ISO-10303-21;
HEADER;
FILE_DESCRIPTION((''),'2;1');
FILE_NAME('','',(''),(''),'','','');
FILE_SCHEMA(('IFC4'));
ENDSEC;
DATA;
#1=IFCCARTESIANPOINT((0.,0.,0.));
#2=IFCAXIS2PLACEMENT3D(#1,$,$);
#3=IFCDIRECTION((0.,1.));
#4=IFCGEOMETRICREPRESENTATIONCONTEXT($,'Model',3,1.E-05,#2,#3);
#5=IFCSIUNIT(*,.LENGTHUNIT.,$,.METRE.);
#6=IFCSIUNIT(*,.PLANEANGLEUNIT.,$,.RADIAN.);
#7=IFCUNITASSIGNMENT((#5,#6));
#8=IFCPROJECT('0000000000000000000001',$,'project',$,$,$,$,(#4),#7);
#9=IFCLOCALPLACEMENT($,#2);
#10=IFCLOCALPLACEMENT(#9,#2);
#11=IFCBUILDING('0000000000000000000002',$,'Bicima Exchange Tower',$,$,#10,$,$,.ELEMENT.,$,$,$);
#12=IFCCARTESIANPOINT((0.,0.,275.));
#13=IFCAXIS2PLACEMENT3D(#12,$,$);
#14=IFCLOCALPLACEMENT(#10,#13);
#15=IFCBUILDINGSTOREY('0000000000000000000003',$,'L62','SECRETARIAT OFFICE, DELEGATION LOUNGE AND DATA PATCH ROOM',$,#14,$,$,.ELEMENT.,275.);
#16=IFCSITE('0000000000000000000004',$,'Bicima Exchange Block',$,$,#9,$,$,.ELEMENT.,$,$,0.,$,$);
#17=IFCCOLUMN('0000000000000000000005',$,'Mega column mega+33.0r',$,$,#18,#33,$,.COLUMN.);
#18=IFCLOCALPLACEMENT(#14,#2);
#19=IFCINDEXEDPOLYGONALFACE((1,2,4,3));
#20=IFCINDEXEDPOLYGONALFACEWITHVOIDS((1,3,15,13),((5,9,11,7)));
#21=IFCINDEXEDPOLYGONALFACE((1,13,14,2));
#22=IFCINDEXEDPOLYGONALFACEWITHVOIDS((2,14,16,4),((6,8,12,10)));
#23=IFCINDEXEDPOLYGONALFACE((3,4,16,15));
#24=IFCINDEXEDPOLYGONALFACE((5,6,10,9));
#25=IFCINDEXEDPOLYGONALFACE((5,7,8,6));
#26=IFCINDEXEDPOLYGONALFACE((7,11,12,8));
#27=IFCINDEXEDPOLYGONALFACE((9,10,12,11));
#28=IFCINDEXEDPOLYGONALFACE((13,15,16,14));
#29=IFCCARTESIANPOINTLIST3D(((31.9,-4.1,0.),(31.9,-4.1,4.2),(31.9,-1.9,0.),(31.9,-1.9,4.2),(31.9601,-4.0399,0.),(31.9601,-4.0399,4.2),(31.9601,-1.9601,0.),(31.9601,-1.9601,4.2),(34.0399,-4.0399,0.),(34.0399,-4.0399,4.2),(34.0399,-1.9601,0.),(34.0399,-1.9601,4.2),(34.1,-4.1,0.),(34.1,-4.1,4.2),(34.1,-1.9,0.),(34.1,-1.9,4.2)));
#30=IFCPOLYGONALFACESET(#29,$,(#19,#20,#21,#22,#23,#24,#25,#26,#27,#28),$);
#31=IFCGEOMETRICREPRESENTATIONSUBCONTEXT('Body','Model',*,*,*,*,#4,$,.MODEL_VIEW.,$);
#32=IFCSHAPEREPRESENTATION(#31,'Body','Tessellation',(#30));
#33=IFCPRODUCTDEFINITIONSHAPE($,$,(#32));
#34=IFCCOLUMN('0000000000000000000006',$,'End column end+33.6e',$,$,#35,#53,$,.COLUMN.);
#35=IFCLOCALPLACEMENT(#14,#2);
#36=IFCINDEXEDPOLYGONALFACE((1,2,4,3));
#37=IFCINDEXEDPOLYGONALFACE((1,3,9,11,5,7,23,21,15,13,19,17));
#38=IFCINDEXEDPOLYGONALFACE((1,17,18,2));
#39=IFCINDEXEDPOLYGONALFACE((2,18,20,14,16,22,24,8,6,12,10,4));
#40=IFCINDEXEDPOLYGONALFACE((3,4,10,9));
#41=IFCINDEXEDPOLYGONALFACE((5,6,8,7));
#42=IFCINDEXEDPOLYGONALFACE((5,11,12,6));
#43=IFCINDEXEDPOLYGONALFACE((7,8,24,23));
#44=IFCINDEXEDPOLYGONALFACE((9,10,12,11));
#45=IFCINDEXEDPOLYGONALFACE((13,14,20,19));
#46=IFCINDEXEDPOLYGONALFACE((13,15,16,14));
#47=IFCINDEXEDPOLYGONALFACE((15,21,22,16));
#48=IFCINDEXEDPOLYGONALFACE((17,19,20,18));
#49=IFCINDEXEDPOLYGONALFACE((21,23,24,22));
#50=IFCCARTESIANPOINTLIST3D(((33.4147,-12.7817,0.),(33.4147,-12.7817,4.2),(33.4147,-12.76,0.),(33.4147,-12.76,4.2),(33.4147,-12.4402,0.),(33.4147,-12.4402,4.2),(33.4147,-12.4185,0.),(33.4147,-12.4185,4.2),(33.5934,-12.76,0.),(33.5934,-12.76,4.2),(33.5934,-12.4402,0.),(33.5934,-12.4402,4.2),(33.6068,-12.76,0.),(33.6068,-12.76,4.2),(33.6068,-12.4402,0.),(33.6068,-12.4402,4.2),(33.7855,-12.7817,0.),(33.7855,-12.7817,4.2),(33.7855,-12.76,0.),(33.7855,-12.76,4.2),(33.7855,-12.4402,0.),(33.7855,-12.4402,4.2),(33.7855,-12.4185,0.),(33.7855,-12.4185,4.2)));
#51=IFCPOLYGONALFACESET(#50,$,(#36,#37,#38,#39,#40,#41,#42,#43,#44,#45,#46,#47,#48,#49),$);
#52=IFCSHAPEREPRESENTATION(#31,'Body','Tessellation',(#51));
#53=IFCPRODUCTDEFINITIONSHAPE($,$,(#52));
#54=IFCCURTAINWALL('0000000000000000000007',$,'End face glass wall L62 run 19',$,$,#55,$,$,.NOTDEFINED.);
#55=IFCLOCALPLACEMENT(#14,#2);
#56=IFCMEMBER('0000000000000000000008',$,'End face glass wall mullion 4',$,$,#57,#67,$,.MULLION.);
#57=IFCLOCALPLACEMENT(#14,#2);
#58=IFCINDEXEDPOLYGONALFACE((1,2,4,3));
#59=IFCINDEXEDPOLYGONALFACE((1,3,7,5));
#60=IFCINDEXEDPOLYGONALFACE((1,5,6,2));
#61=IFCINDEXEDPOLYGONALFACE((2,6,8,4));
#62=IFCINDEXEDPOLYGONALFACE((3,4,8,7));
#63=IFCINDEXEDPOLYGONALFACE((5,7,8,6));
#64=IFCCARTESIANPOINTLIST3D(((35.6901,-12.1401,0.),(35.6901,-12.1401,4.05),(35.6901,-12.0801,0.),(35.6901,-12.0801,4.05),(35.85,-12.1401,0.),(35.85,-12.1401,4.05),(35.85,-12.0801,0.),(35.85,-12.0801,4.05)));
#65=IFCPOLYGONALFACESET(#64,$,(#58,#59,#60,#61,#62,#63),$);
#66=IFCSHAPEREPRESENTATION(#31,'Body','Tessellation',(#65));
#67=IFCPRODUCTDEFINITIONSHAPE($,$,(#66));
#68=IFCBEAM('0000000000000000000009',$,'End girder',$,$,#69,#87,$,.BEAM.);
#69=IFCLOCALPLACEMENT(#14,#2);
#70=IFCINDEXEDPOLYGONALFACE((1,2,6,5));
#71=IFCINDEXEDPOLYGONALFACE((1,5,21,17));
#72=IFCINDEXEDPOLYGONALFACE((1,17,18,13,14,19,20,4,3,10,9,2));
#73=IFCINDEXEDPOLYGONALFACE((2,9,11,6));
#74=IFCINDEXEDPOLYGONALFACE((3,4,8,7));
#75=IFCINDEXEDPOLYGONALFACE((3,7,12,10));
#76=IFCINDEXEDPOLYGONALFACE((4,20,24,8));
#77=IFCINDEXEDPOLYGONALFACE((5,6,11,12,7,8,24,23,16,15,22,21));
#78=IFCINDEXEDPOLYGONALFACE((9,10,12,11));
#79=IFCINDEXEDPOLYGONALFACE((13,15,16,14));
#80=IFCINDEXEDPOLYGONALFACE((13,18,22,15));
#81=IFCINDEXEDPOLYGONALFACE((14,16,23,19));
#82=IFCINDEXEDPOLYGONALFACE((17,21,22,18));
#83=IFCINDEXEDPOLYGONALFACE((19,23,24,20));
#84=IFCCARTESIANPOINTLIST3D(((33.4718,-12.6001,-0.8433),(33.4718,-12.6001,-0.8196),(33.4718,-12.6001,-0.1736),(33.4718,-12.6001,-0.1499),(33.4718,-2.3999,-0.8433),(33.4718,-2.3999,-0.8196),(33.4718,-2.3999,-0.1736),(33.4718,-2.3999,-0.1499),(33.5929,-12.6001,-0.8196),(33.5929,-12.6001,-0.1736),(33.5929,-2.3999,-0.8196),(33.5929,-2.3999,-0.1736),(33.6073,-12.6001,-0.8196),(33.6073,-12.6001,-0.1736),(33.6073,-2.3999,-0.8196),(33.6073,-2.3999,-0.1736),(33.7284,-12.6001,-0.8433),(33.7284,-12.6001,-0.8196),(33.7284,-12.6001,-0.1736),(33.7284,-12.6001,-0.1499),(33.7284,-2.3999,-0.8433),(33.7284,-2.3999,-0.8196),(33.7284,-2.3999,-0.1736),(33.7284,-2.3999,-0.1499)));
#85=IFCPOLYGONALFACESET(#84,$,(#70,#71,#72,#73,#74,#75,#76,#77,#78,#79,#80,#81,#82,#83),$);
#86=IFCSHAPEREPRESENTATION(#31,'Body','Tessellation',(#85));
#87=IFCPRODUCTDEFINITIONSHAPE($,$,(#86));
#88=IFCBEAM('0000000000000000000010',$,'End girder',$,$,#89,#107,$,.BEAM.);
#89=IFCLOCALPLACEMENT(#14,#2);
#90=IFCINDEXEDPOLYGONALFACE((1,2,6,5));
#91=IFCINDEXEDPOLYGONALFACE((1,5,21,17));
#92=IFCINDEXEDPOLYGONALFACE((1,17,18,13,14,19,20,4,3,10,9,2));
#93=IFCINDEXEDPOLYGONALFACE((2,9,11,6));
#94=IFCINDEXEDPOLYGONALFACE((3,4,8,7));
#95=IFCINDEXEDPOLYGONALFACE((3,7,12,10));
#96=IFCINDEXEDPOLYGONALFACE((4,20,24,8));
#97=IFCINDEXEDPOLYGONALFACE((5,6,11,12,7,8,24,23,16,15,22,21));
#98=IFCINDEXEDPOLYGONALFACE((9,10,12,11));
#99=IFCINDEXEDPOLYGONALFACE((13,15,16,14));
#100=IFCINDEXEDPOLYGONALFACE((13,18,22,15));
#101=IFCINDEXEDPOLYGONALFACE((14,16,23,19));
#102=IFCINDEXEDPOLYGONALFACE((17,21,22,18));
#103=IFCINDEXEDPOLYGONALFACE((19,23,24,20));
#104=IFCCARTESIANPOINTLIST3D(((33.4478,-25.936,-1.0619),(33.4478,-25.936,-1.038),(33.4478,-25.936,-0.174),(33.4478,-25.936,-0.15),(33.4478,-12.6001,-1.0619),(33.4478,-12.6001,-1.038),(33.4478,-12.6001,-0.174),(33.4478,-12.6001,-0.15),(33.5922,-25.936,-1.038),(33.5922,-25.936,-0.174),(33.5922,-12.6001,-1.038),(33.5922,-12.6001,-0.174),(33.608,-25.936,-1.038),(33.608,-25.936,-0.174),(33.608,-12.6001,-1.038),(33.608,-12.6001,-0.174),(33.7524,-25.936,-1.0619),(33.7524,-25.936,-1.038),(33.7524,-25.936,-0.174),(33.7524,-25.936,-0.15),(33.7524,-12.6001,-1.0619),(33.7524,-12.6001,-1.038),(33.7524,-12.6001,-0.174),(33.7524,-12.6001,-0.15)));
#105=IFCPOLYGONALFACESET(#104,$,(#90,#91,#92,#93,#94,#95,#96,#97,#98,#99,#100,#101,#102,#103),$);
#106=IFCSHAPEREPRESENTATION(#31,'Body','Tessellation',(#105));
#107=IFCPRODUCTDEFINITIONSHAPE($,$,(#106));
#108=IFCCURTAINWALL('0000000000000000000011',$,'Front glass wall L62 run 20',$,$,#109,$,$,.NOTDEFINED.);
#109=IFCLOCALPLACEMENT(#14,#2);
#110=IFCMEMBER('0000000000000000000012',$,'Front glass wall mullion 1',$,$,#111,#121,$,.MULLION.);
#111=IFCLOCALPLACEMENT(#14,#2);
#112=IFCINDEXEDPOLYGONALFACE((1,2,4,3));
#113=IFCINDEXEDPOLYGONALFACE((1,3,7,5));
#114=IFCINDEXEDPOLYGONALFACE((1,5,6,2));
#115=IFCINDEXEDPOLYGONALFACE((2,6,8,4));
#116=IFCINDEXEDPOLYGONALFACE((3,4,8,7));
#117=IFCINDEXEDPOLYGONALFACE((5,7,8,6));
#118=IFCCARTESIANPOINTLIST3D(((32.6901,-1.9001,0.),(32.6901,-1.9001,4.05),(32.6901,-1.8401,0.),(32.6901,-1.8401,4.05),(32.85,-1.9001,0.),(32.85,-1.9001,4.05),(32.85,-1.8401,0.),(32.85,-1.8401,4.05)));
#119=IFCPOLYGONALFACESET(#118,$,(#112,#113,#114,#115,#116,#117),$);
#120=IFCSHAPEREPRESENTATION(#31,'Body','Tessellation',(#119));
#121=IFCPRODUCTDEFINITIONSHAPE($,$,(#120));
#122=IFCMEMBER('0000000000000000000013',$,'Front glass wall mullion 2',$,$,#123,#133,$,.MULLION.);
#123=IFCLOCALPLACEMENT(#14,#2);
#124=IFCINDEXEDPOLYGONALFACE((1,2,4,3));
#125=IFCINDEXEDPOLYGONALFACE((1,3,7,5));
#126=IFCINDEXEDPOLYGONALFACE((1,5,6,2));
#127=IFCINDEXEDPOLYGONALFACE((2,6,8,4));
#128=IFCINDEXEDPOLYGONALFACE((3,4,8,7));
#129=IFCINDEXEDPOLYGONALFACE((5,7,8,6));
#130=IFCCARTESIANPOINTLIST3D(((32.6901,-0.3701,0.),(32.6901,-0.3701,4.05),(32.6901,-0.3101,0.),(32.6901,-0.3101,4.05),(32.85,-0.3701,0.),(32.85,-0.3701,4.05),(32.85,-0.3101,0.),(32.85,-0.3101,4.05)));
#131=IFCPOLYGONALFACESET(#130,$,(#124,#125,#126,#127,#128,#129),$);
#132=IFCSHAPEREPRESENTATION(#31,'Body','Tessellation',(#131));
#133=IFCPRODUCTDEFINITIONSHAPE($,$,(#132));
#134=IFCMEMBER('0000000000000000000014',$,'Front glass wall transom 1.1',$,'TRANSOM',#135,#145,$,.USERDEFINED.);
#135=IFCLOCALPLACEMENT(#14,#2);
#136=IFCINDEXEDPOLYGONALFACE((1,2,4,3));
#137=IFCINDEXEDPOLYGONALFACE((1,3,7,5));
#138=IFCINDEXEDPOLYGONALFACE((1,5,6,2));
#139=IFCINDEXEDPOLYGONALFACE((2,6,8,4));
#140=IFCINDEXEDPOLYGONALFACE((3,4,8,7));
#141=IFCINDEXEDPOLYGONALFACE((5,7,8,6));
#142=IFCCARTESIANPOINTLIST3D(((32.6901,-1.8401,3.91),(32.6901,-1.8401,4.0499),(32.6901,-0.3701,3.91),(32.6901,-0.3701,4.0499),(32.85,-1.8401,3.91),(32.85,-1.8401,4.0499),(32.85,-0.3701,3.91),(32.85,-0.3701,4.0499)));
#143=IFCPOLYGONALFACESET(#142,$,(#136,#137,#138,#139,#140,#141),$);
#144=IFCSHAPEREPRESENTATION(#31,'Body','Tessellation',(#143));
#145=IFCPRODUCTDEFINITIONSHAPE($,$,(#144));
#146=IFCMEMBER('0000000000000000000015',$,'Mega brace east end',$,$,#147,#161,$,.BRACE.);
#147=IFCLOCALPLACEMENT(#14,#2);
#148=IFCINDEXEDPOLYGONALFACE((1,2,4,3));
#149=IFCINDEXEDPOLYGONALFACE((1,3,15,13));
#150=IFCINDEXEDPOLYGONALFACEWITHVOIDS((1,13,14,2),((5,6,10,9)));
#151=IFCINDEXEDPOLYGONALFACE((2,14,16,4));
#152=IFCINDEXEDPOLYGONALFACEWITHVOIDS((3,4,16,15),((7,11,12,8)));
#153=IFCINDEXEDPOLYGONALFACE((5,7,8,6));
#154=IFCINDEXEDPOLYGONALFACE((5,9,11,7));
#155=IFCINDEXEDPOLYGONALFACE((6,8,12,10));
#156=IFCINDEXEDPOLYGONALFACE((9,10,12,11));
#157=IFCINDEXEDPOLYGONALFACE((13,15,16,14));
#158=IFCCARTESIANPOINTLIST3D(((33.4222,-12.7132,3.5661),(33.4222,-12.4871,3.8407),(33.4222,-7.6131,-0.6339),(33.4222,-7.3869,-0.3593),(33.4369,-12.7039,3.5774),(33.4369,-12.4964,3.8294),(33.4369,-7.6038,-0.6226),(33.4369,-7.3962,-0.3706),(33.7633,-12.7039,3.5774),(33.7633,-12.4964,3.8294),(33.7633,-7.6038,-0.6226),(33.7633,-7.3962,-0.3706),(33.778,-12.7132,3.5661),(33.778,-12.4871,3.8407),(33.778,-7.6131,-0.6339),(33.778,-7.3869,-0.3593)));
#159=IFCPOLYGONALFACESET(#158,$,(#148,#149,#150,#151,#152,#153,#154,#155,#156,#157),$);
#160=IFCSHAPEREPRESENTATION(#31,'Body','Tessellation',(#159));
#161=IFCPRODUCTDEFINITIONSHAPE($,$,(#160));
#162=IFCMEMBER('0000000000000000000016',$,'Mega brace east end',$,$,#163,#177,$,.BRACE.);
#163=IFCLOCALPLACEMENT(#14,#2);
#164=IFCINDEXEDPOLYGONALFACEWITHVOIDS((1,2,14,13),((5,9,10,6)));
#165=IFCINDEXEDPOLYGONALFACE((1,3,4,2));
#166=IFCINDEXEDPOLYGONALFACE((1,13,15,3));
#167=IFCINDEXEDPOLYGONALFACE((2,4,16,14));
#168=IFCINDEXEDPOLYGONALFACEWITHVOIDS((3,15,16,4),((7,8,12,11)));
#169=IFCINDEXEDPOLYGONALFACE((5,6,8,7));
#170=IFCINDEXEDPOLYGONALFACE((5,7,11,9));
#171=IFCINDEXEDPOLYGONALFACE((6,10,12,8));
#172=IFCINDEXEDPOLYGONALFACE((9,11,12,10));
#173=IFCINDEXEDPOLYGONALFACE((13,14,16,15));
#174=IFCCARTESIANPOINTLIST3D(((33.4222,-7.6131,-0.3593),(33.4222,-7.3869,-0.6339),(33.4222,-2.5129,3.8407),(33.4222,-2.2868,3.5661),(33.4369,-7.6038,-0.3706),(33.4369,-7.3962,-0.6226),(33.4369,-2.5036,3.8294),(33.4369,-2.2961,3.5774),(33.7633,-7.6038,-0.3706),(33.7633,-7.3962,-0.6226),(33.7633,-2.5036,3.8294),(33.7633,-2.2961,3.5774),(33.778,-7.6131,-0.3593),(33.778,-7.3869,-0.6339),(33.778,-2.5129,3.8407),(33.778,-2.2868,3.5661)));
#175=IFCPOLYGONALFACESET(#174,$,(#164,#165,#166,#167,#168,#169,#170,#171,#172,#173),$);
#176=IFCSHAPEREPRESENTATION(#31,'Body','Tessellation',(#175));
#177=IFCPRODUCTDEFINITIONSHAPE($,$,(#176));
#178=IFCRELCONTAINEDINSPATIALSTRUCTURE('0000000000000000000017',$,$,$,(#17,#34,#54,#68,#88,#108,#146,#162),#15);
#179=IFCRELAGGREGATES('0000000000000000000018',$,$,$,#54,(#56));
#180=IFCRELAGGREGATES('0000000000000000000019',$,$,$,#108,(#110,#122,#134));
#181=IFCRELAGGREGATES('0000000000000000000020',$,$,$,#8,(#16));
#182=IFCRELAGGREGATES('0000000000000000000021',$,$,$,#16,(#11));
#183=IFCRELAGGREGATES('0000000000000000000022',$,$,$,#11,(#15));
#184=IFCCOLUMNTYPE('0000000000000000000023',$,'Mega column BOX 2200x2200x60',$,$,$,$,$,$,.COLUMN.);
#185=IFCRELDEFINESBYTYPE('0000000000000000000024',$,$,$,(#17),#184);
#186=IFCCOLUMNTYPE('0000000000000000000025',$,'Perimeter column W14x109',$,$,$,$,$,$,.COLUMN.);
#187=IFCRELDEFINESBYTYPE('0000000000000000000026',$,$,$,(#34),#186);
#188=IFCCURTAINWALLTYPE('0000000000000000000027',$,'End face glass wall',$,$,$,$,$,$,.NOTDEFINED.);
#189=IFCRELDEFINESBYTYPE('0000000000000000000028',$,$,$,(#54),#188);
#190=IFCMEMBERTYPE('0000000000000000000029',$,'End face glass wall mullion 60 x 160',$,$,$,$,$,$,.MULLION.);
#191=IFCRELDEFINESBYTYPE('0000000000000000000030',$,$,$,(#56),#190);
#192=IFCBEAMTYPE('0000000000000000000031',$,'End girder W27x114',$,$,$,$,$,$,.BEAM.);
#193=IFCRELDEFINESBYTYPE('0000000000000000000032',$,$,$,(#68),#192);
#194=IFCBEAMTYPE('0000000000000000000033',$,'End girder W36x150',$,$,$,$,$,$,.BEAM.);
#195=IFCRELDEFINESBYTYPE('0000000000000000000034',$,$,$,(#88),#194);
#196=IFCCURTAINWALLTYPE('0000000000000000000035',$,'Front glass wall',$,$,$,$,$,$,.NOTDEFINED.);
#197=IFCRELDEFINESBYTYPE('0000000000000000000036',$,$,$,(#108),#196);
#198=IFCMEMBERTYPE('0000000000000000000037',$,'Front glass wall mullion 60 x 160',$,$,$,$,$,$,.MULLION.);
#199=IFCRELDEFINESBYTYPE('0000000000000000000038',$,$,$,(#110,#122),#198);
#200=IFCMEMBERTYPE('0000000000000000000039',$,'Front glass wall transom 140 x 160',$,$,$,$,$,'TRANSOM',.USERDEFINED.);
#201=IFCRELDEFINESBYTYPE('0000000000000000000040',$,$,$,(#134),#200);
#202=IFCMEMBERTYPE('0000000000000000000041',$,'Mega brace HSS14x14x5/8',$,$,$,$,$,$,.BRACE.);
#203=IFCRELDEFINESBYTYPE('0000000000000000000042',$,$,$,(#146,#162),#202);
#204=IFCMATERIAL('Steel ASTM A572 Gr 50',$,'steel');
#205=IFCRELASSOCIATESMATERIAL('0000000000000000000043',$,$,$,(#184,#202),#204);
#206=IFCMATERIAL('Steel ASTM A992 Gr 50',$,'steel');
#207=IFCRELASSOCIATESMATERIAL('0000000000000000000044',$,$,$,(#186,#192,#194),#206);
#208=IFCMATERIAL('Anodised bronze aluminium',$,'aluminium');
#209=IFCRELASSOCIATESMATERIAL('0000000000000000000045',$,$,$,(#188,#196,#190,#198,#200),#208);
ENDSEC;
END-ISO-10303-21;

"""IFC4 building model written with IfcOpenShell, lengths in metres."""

from ifc_helpers import new_model, si_unit, direction, frame, origin, origin_2d, place, context, subcontext, project, spatial, rectangle, hollow_rectangle, i_section, extrude, material, material_profile, profile_set, type_object, element, aggregate, save


model = new_model("IFC4")

# Units and contexts
model_context = context("Model", 3, precision=1e-05, world=origin(), true_north=direction((0.0, 1.0)))
body_context = subcontext(model_context, "Body", "Model", "MODEL_VIEW")
ifc_project = project(units=[si_unit("LENGTHUNIT", "METRE"), si_unit("PLANEANGLEUNIT", "RADIAN")], contexts=[model_context])

# Site, building, storey
site_placement = place(None, origin())
site = spatial("IfcSite", under=ifc_project, at=site_placement, Name="Bicima Exchange Block", CompositionType="ELEMENT", RefElevation=0.0)
building_placement = place(site_placement, origin())
building = spatial("IfcBuilding", under=site, at=building_placement, Name="Bicima Exchange Tower", CompositionType="ELEMENT")
storey_placement = place(building_placement, frame((0.0, 0.0, 275.0)))
storey = spatial("IfcBuildingStorey", under=building, at=storey_placement, Name="L62", Description="SECRETARIAT OFFICE, DELEGATION LOUNGE AND DATA PATCH ROOM", CompositionType="ELEMENT", Elevation=275.0)

# Columns
ifc_material_1 = material(Name="Steel ASTM A572 Gr 50", Category="steel")
ifc_material_profile_1 = material_profile(ifc_material_1, hollow_rectangle(XDim=2.2, YDim=2.2, WallThickness=0.0601, at=origin_2d()))
ifc_profile_set_1 = profile_set([ifc_material_profile_1], Name="Steel ASTM A572 Gr 50")
column_type_1 = type_object("IfcColumnType", Name="Mega column BOX 2200x2200x60", PredefinedType="COLUMN", material=ifc_profile_set_1)
column_1_placement = place(storey_placement, frame((33.0, -3.0, 0.0), z_axis=(0.0, 0.0, 1.0), x_axis=(1.0, 0.0, 0.0)))
element("IfcColumn", 1, at=column_1_placement, inside=storey, type_object=column_type_1, Name="Mega column mega+33.0r", PredefinedType="COLUMN", context=body_context, shape_type="SweptSolid", body=[
    extrude(hollow_rectangle(XDim=2.2, YDim=2.2, WallThickness=0.0601, at=origin_2d()), origin(), (0.0, 0.0, 1.0), 4.2),
])
ifc_material_2 = material(Name="Steel ASTM A992 Gr 50", Category="steel")
ifc_material_profile_2 = material_profile(ifc_material_2, i_section(OverallWidth=0.3708, OverallDepth=0.3633, WebThickness=0.0134, FlangeThickness=0.0217, at=origin_2d()))
ifc_profile_set_2 = profile_set([ifc_material_profile_2], Name="Steel ASTM A992 Gr 50")
column_type_2 = type_object("IfcColumnType", Name="Perimeter column W14x109", PredefinedType="COLUMN", material=ifc_profile_set_2)
column_2_placement = place(storey_placement, frame((33.6001, -12.6001, 0.0), z_axis=(0.0, 0.0, 1.0), x_axis=(1.0, 0.0, 0.0)))
element("IfcColumn", 2, at=column_2_placement, inside=storey, type_object=column_type_2, Name="End column end+33.6e", PredefinedType="COLUMN", context=body_context, shape_type="SweptSolid", body=[
    extrude(i_section(OverallWidth=0.3708, OverallDepth=0.3633, WebThickness=0.0134, FlangeThickness=0.0217, at=origin_2d()), origin(), (0.0, 0.0, 1.0), 4.2),
])

# Curtain wall, member
ifc_material_3 = material(Name="Anodised bronze aluminium", Category="aluminium")
curtain_wall_type_1 = type_object("IfcCurtainWallType", Name="End face glass wall", PredefinedType="NOTDEFINED", material=ifc_material_3)
curtain_wall_1_placement = place(storey_placement, origin())
curtain_wall_1 = element("IfcCurtainWall", 3, at=curtain_wall_1_placement, inside=storey, type_object=curtain_wall_type_1, Name="End face glass wall L62 run 19", PredefinedType="NOTDEFINED")
ifc_material_profile_3 = material_profile(ifc_material_3, rectangle(XDim=0.1599, YDim=0.0601, at=origin_2d()))
ifc_profile_set_3 = profile_set([ifc_material_profile_3], Name="Anodised bronze aluminium")
member_type_1 = type_object("IfcMemberType", Name="End face glass wall mullion 60 x 160", PredefinedType="MULLION", material=ifc_profile_set_3)
member_1_placement = place(storey_placement, frame((35.77, -12.1101, 0.0), z_axis=(0.0, 0.0, 1.0), x_axis=(-1.0, 0.0, 0.0)))
member_1 = element("IfcMember", 4, at=member_1_placement, type_object=member_type_1, Name="End face glass wall mullion 4", PredefinedType="MULLION", context=body_context, shape_type="SweptSolid", body=[
    extrude(rectangle(XDim=0.1599, YDim=0.0601, at=origin_2d()), origin(), (0.0, 0.0, 1.0), 4.05),
])
aggregate(curtain_wall_1, [member_1])

# Beams
ifc_material_profile_4 = material_profile(ifc_material_2, i_section(OverallWidth=0.2566, OverallDepth=0.6934, WebThickness=0.0144, FlangeThickness=0.0237, at=origin_2d()))
ifc_profile_set_4 = profile_set([ifc_material_profile_4], Name="Steel ASTM A992 Gr 50")
beam_type_1 = type_object("IfcBeamType", Name="End girder W27x114", PredefinedType="BEAM", material=ifc_profile_set_4)
beam_1_placement = place(storey_placement, frame((33.6001, -2.3999, -0.4966), z_axis=(0.0, -1.0, 0.0), x_axis=(1.0, 0.0, 0.0)))
element("IfcBeam", 5, at=beam_1_placement, inside=storey, type_object=beam_type_1, Name="End girder", PredefinedType="BEAM", context=body_context, shape_type="SweptSolid", body=[
    extrude(i_section(OverallWidth=0.2566, OverallDepth=0.6934, WebThickness=0.0144, FlangeThickness=0.0237, at=origin_2d()), origin(), (0.0, 0.0, 1.0), 10.2002),
])
ifc_material_profile_5 = material_profile(ifc_material_2, i_section(OverallWidth=0.3047, OverallDepth=0.9119, WebThickness=0.0159, FlangeThickness=0.0239, at=origin_2d()))
ifc_profile_set_5 = profile_set([ifc_material_profile_5], Name="Steel ASTM A992 Gr 50")
beam_type_2 = type_object("IfcBeamType", Name="End girder W36x150", PredefinedType="BEAM", material=ifc_profile_set_5)
beam_2_placement = place(storey_placement, frame((33.6001, -12.6001, -0.606), z_axis=(0.0, -1.0, 0.0), x_axis=(1.0, 0.0, 0.0)))
element("IfcBeam", 6, at=beam_2_placement, inside=storey, type_object=beam_type_2, Name="End girder", PredefinedType="BEAM", context=body_context, shape_type="SweptSolid", body=[
    extrude(i_section(OverallWidth=0.3047, OverallDepth=0.9119, WebThickness=0.0159, FlangeThickness=0.0239, at=origin_2d()), origin(), (0.0, 0.0, 1.0), 13.3359),
])

# Curtain wall, members
curtain_wall_type_2 = type_object("IfcCurtainWallType", Name="Front glass wall", PredefinedType="NOTDEFINED", material=ifc_material_3)
curtain_wall_2_placement = place(storey_placement, origin())
curtain_wall_2 = element("IfcCurtainWall", 7, at=curtain_wall_2_placement, inside=storey, type_object=curtain_wall_type_2, Name="Front glass wall L62 run 20", PredefinedType="NOTDEFINED")
member_type_2 = type_object("IfcMemberType", Name="Front glass wall mullion 60 x 160", PredefinedType="MULLION", material=ifc_profile_set_3)
member_2_placement = place(storey_placement, frame((32.77, -1.8701, 0.0), z_axis=(0.0, 0.0, 1.0), x_axis=(-1.0, 0.0, 0.0)))
member_2 = element("IfcMember", 8, at=member_2_placement, type_object=member_type_2, Name="Front glass wall mullion 1", PredefinedType="MULLION", context=body_context, shape_type="SweptSolid", body=[
    extrude(rectangle(XDim=0.1599, YDim=0.0601, at=origin_2d()), origin(), (0.0, 0.0, 1.0), 4.05),
])
member_3_placement = place(storey_placement, frame((32.77, -0.3401, 0.0), z_axis=(0.0, 0.0, 1.0), x_axis=(-1.0, 0.0, 0.0)))
member_3 = element("IfcMember", 9, at=member_3_placement, type_object=member_type_2, Name="Front glass wall mullion 2", PredefinedType="MULLION", context=body_context, shape_type="SweptSolid", body=[
    extrude(rectangle(XDim=0.1599, YDim=0.0601, at=origin_2d()), origin(), (0.0, 0.0, 1.0), 4.05),
])
ifc_material_profile_6 = material_profile(ifc_material_3, rectangle(XDim=0.1599, YDim=0.1399, at=origin_2d()))
ifc_profile_set_6 = profile_set([ifc_material_profile_6], Name="Anodised bronze aluminium")
member_type_3 = type_object("IfcMemberType", Name="Front glass wall transom 140 x 160", ElementType="TRANSOM", PredefinedType="USERDEFINED", material=ifc_profile_set_6)
member_4_placement = place(storey_placement, frame((32.77, -1.8401, 3.98), z_axis=(0.0, 1.0, 0.0), x_axis=(-1.0, 0.0, 0.0)))
member_4 = element("IfcMember", 10, at=member_4_placement, type_object=member_type_3, Name="Front glass wall transom 1.1", ObjectType="TRANSOM", PredefinedType="USERDEFINED", context=body_context, shape_type="SweptSolid", body=[
    extrude(rectangle(XDim=0.1599, YDim=0.1399, at=origin_2d()), origin(), (0.0, 0.0, 1.0), 1.47),
])

# Members
ifc_material_profile_7 = material_profile(ifc_material_1, hollow_rectangle(XDim=0.3557, YDim=0.3557, WallThickness=0.0146, at=origin_2d()))
ifc_profile_set_7 = profile_set([ifc_material_profile_7], Name="Steel ASTM A572 Gr 50")
member_type_4 = type_object("IfcMemberType", Name="Mega brace HSS14x14x5/8", PredefinedType="BRACE", material=ifc_profile_set_7)
for number, where, z_axis, x_axis, name in (
    (11, (33.6001, -7.5, -0.4966), (0.0, -0.77194, 0.635696), (1.0, 0.0, 0.0), "Mega brace east end"),
    (12, (33.6001, -7.5, -0.4966), (0.0, 0.77194, 0.635696), (-1.0, 0.0, 0.0), "Mega brace east end"),
):
    element("IfcMember", number, at=place(storey_placement, frame(where, z_axis=z_axis, x_axis=x_axis)), inside=storey, type_object=member_type_4, Name=name, PredefinedType="BRACE", context=body_context, shape_type="SweptSolid", body=[
        extrude(hollow_rectangle(XDim=0.3557, YDim=0.3557, WallThickness=0.0146, at=origin_2d()), origin(), (0.0, 0.0, 1.0), 6.6069),
    ])

aggregate(curtain_wall_2, [member_2, member_3, member_4])

save(model, "model.ifc")
